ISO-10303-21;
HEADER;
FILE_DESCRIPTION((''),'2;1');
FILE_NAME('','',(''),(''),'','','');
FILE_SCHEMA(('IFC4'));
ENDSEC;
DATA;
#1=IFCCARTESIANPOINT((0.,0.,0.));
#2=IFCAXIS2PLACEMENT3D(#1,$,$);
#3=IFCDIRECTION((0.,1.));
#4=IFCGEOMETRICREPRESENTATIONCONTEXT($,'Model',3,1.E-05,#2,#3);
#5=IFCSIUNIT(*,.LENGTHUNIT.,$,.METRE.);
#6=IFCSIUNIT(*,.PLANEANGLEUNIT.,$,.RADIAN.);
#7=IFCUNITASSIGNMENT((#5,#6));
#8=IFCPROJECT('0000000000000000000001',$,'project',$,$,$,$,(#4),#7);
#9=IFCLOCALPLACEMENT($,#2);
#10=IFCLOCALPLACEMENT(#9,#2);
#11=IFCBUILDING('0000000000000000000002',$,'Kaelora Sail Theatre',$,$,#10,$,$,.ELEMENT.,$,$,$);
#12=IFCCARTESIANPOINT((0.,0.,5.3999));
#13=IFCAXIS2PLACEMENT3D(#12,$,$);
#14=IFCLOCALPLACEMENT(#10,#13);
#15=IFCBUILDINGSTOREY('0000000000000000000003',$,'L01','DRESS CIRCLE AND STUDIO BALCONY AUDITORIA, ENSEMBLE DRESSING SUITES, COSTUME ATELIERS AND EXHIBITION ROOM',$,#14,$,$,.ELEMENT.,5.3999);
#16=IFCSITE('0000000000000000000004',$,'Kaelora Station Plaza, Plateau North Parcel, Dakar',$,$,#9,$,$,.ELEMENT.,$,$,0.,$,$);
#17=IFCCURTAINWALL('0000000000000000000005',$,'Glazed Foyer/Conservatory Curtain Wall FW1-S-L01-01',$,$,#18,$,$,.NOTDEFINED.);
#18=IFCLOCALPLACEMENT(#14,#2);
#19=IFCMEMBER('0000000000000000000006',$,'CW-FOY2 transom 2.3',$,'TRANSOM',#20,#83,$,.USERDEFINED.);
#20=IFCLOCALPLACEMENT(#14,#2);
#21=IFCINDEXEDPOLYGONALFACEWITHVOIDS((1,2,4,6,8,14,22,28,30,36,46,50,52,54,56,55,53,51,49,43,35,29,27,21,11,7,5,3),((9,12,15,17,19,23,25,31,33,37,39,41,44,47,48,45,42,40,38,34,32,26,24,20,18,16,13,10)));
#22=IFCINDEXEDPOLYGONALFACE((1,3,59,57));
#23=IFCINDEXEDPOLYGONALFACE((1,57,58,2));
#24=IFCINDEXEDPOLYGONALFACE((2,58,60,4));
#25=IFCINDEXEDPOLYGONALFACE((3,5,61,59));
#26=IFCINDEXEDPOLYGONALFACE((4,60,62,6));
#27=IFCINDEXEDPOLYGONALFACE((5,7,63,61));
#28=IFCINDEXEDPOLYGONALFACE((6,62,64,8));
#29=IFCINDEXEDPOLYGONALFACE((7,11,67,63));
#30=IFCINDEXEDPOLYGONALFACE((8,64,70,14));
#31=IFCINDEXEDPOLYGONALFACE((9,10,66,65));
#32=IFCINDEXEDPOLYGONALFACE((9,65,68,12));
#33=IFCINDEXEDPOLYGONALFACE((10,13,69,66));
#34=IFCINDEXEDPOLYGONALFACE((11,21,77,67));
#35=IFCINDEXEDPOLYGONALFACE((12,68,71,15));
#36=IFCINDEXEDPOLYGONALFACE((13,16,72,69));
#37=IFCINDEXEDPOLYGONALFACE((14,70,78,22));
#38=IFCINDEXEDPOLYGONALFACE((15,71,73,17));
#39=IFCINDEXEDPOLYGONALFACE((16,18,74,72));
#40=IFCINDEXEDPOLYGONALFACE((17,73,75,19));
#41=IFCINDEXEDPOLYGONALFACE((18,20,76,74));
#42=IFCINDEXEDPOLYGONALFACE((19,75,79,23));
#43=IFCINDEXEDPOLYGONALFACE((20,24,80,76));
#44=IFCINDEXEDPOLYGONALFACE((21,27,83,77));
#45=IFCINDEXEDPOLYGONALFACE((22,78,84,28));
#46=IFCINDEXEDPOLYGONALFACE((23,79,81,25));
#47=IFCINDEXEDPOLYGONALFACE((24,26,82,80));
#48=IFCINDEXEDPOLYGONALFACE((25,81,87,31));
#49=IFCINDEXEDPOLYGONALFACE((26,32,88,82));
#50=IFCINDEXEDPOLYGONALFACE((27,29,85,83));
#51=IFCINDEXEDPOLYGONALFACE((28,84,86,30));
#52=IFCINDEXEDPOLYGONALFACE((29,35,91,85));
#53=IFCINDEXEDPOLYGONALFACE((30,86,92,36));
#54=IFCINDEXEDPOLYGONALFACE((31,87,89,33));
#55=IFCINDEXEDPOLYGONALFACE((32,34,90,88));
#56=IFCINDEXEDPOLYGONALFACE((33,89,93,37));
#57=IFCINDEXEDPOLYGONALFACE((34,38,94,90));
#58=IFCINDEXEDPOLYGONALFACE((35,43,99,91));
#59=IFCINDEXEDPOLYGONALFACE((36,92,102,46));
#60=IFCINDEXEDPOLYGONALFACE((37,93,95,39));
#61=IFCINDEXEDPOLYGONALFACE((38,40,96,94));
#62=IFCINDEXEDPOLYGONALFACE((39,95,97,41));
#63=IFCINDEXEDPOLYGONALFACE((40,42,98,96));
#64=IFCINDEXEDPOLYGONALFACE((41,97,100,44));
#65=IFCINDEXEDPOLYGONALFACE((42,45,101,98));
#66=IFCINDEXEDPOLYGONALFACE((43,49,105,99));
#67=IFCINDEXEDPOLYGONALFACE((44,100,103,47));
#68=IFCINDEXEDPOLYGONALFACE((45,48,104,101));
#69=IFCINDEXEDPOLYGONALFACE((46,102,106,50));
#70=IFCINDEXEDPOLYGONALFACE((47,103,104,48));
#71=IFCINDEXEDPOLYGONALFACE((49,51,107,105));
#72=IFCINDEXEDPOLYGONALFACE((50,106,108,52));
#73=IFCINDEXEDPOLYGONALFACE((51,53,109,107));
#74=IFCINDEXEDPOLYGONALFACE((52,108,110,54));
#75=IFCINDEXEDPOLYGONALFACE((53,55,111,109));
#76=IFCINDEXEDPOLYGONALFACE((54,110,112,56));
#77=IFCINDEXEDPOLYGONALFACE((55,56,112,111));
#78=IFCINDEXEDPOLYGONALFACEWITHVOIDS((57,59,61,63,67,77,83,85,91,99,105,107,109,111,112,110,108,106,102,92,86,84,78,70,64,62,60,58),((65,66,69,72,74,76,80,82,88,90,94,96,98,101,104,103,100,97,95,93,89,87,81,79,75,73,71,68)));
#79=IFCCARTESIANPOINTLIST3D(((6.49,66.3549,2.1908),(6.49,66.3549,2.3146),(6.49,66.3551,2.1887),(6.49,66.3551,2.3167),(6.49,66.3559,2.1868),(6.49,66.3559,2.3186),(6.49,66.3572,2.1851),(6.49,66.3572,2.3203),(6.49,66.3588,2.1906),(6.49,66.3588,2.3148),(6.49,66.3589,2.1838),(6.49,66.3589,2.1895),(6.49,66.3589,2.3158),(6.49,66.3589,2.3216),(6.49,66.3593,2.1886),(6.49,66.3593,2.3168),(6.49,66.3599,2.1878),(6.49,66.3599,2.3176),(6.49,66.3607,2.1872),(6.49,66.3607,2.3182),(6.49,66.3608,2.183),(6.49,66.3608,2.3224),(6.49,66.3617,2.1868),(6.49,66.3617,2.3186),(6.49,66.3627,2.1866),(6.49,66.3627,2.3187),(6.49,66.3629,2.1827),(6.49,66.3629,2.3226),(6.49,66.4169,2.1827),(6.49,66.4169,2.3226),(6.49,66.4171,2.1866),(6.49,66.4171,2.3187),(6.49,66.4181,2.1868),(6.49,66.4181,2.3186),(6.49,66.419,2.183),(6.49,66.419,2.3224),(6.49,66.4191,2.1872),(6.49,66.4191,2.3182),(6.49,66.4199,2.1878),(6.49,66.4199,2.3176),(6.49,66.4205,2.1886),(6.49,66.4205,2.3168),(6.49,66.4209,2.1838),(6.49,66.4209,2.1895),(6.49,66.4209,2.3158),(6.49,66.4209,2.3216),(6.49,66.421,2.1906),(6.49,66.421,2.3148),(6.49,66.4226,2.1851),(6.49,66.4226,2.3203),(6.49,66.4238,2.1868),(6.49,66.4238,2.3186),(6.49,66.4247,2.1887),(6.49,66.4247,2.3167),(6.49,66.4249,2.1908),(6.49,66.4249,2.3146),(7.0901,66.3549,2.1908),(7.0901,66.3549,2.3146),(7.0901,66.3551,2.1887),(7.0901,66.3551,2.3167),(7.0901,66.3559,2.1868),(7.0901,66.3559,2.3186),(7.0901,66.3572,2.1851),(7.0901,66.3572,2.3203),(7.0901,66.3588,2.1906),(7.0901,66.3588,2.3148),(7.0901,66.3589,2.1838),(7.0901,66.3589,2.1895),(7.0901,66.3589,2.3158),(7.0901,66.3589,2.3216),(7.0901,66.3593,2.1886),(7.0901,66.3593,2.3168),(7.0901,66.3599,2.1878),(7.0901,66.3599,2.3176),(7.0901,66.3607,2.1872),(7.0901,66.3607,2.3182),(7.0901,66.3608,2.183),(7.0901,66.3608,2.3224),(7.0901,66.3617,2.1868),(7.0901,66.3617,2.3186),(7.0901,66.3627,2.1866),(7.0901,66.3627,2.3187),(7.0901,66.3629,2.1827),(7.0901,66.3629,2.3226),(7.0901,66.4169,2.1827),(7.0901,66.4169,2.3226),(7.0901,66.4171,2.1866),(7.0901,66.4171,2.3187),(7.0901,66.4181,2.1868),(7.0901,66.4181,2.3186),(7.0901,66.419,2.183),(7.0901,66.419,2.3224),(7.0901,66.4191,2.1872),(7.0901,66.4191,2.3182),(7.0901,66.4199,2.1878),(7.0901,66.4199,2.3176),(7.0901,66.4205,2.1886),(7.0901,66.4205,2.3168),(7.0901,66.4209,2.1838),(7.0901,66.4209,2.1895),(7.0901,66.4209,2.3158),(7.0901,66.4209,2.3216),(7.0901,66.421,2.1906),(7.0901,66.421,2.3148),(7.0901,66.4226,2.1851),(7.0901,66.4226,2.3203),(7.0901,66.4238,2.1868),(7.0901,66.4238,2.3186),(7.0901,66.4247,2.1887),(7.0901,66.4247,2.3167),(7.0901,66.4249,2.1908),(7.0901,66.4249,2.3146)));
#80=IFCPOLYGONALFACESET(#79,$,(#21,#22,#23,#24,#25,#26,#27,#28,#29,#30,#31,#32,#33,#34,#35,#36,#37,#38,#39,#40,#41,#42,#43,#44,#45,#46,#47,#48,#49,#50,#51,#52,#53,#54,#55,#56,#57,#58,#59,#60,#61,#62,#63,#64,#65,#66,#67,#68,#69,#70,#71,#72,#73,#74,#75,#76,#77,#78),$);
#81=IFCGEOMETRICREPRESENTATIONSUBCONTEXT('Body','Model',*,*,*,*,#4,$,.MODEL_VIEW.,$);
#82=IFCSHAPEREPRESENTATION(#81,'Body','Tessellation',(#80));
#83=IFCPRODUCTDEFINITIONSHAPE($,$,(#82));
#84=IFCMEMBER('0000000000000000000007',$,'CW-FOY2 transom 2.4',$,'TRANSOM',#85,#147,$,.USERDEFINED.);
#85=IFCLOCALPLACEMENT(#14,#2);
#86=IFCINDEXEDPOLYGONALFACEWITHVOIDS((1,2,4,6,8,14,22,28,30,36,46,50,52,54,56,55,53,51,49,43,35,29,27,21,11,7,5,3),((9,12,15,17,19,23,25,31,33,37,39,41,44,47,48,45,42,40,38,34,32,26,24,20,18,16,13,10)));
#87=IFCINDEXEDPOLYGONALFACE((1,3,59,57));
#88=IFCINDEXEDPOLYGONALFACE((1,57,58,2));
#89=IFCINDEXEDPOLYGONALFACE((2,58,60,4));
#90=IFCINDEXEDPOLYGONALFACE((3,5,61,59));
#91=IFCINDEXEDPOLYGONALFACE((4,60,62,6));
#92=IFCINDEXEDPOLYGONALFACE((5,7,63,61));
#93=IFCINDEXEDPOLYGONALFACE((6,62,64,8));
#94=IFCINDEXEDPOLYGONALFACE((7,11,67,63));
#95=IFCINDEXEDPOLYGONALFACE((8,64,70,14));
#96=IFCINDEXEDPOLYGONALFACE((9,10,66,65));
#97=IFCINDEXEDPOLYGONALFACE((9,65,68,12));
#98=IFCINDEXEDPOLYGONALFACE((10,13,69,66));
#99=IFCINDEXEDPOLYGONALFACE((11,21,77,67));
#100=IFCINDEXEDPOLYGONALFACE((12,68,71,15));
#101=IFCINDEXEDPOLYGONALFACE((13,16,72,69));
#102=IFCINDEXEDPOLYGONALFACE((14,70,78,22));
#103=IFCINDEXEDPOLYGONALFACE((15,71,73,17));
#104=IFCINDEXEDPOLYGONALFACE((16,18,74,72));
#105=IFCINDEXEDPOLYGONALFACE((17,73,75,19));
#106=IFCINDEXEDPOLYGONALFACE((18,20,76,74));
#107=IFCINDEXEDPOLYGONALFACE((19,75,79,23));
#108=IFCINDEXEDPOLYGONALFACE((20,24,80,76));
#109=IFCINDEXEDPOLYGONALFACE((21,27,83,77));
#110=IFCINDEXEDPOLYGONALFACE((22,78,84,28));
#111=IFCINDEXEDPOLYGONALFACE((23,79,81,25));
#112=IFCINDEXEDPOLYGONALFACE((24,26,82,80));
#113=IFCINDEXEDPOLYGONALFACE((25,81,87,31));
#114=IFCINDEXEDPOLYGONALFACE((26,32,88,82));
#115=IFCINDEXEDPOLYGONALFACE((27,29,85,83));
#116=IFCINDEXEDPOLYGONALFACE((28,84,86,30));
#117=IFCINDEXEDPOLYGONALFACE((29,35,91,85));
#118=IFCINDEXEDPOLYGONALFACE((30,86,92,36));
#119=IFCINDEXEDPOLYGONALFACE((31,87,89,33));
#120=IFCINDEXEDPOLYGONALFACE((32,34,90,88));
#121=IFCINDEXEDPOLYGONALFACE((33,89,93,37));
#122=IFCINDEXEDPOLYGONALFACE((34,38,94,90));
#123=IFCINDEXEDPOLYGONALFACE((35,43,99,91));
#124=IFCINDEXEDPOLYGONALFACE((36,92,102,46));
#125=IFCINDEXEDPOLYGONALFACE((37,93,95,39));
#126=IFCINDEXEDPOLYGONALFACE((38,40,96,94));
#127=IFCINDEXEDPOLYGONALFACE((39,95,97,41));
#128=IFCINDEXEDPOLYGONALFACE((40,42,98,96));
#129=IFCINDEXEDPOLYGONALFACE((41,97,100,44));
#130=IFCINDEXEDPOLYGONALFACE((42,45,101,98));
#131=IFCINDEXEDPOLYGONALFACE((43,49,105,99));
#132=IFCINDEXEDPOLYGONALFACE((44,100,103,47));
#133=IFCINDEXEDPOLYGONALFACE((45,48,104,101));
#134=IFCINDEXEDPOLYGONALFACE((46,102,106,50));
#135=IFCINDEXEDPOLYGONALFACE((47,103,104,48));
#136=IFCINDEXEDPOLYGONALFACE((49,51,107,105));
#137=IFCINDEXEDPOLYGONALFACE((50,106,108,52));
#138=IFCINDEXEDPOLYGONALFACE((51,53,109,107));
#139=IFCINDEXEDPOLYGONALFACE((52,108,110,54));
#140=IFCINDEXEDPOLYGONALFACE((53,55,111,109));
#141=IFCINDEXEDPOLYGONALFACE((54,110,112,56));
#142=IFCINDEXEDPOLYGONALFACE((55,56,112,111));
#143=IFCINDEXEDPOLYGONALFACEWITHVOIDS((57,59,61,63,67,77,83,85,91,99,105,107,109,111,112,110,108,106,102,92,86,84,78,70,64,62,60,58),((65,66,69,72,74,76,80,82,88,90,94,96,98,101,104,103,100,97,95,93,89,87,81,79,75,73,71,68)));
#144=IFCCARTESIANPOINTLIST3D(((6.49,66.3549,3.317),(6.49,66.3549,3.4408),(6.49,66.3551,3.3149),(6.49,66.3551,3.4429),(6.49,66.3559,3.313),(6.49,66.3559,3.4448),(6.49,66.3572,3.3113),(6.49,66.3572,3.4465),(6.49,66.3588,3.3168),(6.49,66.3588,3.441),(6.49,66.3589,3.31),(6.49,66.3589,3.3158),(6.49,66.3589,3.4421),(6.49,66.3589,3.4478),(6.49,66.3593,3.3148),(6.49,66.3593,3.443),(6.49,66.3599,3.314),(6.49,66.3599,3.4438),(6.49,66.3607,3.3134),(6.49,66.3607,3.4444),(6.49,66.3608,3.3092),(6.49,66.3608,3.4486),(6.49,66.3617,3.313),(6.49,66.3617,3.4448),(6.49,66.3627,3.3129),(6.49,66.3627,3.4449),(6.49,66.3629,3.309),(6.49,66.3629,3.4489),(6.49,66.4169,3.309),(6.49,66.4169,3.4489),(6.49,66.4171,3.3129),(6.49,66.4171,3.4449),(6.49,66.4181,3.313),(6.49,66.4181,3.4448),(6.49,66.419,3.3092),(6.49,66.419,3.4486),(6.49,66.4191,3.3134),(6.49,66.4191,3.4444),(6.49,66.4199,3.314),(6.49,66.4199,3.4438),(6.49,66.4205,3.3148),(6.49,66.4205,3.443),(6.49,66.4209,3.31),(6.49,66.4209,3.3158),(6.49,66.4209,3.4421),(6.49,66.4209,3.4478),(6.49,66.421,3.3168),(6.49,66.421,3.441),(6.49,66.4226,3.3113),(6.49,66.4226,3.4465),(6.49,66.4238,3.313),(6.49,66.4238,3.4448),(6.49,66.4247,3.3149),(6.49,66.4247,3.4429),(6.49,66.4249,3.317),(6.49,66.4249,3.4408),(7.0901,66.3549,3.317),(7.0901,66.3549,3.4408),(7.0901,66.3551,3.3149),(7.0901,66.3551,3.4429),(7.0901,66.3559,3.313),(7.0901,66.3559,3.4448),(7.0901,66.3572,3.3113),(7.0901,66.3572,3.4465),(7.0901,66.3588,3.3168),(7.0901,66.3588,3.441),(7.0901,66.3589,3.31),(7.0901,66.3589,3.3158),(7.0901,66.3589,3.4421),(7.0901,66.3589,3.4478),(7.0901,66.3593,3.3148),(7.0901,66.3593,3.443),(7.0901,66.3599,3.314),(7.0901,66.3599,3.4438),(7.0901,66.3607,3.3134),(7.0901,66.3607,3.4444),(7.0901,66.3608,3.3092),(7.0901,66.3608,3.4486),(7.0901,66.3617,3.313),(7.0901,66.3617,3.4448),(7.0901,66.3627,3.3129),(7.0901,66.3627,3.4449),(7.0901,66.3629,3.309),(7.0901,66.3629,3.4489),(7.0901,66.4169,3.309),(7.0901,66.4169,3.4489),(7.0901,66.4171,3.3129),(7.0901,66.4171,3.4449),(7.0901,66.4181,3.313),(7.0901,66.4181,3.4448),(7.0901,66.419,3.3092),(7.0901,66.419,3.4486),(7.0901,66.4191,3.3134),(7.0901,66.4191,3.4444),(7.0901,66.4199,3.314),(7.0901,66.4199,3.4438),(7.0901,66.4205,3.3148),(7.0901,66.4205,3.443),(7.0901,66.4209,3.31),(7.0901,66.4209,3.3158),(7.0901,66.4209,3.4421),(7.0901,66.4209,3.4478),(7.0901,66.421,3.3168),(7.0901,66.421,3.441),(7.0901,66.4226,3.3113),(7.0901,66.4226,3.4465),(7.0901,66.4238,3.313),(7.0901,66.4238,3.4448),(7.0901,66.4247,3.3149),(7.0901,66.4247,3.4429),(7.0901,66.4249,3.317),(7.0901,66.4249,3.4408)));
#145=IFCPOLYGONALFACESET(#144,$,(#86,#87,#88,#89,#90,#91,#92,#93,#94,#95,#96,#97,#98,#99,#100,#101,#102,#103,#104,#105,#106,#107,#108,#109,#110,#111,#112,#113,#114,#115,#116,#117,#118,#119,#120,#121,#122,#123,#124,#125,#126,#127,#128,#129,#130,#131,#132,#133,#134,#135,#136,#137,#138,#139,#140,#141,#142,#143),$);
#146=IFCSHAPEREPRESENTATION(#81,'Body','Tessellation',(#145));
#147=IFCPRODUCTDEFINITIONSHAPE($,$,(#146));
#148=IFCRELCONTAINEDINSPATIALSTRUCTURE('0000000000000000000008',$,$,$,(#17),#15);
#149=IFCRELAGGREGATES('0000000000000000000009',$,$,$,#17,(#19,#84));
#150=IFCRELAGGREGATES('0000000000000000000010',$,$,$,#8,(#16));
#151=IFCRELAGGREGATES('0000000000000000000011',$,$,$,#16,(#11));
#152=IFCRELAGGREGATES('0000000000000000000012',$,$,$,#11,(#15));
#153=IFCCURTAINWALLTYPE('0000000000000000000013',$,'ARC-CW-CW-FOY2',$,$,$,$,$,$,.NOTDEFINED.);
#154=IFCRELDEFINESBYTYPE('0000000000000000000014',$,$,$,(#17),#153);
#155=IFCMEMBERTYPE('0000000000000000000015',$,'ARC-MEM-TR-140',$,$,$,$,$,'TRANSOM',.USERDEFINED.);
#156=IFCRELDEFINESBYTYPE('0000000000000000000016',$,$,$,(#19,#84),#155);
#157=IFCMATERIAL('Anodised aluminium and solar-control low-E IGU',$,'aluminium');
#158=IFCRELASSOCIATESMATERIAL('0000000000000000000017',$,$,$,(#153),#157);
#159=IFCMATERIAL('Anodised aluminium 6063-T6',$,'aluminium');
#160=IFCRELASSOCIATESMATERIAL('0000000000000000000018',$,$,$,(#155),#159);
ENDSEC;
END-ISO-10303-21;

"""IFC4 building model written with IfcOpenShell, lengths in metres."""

from ifc_helpers import new_model, si_unit, direction, frame, origin, origin_2d, place, context, subcontext, project, spatial, hollow_rectangle, extrude, material, material_profile, profile_set, type_object, element, aggregate, save


model = new_model("IFC4")

# Units and contexts
model_context = context("Model", 3, precision=1e-05, world=origin(), true_north=direction((0.0, 1.0)))
body_context = subcontext(model_context, "Body", "Model", "MODEL_VIEW")
ifc_project = project(units=[si_unit("LENGTHUNIT", "METRE"), si_unit("PLANEANGLEUNIT", "RADIAN")], contexts=[model_context])

# Site, building, storey
site_placement = place(None, origin())
site = spatial("IfcSite", under=ifc_project, at=site_placement, Name="Kaelora Station Plaza, Plateau North Parcel, Dakar", CompositionType="ELEMENT", RefElevation=0.0)
building_placement = place(site_placement, origin())
building = spatial("IfcBuilding", under=site, at=building_placement, Name="Kaelora Sail Theatre", CompositionType="ELEMENT")
storey_placement = place(building_placement, frame((0.0, 0.0, 5.3999)))
storey = spatial("IfcBuildingStorey", under=building, at=storey_placement, Name="L01", Description="DRESS CIRCLE AND STUDIO BALCONY AUDITORIA, ENSEMBLE DRESSING SUITES, COSTUME ATELIERS AND EXHIBITION ROOM", CompositionType="ELEMENT", Elevation=5.3999)

# Curtain wall, members
ifc_material_1 = material(Name="Anodised aluminium and solar-control low-E IGU", Category="aluminium")
curtain_wall_type = type_object("IfcCurtainWallType", Name="ARC-CW-CW-FOY2", PredefinedType="NOTDEFINED", material=ifc_material_1)
curtain_wall_placement = place(storey_placement, origin())
curtain_wall = element("IfcCurtainWall", 1, at=curtain_wall_placement, inside=storey, type_object=curtain_wall_type, Name="Glazed Foyer/Conservatory Curtain Wall FW1-S-L01-01", PredefinedType="NOTDEFINED")
ifc_material_2 = material(Name="Anodised aluminium 6063-T6", Category="aluminium")
ifc_material_profile_1 = material_profile(ifc_material_2, hollow_rectangle(XDim=0.0701, YDim=0.1399, WallThickness=0.0039, InnerFilletRadius=0.0039, OuterFilletRadius=0.0081, at=origin_2d()), Name="ALU-TRAN 70x140x4")
ifc_profile_set_1 = profile_set([ifc_material_profile_1], Name="Anodised aluminium 6063-T6")
member_type_1 = type_object("IfcMemberType", Name="ARC-MEM-TR-140", ElementType="TRANSOM", PredefinedType="USERDEFINED", material=ifc_profile_set_1)
member_1_placement = place(storey_placement, frame((6.49, 66.3899, 2.2527), z_axis=(1.0, 0.0, 0.0), x_axis=(0.0, 1.0, 0.0)))
member_1 = element("IfcMember", 2, at=member_1_placement, type_object=member_type_1, Name="CW-FOY2 transom 2.3", ObjectType="TRANSOM", PredefinedType="USERDEFINED", context=body_context, shape_type="SweptSolid", body=[
    extrude(hollow_rectangle(XDim=0.0701, YDim=0.1399, WallThickness=0.0039, InnerFilletRadius=0.0039, OuterFilletRadius=0.0081, at=origin_2d()), origin(), (0.0, 0.0, 1.0), 0.6001),
])
member_2_placement = place(storey_placement, frame((6.49, 66.3899, 3.3789), z_axis=(1.0, 0.0, 0.0), x_axis=(0.0, 1.0, 0.0)))
member_2 = element("IfcMember", 3, at=member_2_placement, type_object=member_type_1, Name="CW-FOY2 transom 2.4", ObjectType="TRANSOM", PredefinedType="USERDEFINED", context=body_context, shape_type="SweptSolid", body=[
    extrude(hollow_rectangle(XDim=0.0701, YDim=0.1399, WallThickness=0.0039, InnerFilletRadius=0.0039, OuterFilletRadius=0.0081, at=origin_2d()), origin(), (0.0, 0.0, 1.0), 0.6001),
])
aggregate(curtain_wall, [member_1, member_2])

save(model, "model.ifc")
